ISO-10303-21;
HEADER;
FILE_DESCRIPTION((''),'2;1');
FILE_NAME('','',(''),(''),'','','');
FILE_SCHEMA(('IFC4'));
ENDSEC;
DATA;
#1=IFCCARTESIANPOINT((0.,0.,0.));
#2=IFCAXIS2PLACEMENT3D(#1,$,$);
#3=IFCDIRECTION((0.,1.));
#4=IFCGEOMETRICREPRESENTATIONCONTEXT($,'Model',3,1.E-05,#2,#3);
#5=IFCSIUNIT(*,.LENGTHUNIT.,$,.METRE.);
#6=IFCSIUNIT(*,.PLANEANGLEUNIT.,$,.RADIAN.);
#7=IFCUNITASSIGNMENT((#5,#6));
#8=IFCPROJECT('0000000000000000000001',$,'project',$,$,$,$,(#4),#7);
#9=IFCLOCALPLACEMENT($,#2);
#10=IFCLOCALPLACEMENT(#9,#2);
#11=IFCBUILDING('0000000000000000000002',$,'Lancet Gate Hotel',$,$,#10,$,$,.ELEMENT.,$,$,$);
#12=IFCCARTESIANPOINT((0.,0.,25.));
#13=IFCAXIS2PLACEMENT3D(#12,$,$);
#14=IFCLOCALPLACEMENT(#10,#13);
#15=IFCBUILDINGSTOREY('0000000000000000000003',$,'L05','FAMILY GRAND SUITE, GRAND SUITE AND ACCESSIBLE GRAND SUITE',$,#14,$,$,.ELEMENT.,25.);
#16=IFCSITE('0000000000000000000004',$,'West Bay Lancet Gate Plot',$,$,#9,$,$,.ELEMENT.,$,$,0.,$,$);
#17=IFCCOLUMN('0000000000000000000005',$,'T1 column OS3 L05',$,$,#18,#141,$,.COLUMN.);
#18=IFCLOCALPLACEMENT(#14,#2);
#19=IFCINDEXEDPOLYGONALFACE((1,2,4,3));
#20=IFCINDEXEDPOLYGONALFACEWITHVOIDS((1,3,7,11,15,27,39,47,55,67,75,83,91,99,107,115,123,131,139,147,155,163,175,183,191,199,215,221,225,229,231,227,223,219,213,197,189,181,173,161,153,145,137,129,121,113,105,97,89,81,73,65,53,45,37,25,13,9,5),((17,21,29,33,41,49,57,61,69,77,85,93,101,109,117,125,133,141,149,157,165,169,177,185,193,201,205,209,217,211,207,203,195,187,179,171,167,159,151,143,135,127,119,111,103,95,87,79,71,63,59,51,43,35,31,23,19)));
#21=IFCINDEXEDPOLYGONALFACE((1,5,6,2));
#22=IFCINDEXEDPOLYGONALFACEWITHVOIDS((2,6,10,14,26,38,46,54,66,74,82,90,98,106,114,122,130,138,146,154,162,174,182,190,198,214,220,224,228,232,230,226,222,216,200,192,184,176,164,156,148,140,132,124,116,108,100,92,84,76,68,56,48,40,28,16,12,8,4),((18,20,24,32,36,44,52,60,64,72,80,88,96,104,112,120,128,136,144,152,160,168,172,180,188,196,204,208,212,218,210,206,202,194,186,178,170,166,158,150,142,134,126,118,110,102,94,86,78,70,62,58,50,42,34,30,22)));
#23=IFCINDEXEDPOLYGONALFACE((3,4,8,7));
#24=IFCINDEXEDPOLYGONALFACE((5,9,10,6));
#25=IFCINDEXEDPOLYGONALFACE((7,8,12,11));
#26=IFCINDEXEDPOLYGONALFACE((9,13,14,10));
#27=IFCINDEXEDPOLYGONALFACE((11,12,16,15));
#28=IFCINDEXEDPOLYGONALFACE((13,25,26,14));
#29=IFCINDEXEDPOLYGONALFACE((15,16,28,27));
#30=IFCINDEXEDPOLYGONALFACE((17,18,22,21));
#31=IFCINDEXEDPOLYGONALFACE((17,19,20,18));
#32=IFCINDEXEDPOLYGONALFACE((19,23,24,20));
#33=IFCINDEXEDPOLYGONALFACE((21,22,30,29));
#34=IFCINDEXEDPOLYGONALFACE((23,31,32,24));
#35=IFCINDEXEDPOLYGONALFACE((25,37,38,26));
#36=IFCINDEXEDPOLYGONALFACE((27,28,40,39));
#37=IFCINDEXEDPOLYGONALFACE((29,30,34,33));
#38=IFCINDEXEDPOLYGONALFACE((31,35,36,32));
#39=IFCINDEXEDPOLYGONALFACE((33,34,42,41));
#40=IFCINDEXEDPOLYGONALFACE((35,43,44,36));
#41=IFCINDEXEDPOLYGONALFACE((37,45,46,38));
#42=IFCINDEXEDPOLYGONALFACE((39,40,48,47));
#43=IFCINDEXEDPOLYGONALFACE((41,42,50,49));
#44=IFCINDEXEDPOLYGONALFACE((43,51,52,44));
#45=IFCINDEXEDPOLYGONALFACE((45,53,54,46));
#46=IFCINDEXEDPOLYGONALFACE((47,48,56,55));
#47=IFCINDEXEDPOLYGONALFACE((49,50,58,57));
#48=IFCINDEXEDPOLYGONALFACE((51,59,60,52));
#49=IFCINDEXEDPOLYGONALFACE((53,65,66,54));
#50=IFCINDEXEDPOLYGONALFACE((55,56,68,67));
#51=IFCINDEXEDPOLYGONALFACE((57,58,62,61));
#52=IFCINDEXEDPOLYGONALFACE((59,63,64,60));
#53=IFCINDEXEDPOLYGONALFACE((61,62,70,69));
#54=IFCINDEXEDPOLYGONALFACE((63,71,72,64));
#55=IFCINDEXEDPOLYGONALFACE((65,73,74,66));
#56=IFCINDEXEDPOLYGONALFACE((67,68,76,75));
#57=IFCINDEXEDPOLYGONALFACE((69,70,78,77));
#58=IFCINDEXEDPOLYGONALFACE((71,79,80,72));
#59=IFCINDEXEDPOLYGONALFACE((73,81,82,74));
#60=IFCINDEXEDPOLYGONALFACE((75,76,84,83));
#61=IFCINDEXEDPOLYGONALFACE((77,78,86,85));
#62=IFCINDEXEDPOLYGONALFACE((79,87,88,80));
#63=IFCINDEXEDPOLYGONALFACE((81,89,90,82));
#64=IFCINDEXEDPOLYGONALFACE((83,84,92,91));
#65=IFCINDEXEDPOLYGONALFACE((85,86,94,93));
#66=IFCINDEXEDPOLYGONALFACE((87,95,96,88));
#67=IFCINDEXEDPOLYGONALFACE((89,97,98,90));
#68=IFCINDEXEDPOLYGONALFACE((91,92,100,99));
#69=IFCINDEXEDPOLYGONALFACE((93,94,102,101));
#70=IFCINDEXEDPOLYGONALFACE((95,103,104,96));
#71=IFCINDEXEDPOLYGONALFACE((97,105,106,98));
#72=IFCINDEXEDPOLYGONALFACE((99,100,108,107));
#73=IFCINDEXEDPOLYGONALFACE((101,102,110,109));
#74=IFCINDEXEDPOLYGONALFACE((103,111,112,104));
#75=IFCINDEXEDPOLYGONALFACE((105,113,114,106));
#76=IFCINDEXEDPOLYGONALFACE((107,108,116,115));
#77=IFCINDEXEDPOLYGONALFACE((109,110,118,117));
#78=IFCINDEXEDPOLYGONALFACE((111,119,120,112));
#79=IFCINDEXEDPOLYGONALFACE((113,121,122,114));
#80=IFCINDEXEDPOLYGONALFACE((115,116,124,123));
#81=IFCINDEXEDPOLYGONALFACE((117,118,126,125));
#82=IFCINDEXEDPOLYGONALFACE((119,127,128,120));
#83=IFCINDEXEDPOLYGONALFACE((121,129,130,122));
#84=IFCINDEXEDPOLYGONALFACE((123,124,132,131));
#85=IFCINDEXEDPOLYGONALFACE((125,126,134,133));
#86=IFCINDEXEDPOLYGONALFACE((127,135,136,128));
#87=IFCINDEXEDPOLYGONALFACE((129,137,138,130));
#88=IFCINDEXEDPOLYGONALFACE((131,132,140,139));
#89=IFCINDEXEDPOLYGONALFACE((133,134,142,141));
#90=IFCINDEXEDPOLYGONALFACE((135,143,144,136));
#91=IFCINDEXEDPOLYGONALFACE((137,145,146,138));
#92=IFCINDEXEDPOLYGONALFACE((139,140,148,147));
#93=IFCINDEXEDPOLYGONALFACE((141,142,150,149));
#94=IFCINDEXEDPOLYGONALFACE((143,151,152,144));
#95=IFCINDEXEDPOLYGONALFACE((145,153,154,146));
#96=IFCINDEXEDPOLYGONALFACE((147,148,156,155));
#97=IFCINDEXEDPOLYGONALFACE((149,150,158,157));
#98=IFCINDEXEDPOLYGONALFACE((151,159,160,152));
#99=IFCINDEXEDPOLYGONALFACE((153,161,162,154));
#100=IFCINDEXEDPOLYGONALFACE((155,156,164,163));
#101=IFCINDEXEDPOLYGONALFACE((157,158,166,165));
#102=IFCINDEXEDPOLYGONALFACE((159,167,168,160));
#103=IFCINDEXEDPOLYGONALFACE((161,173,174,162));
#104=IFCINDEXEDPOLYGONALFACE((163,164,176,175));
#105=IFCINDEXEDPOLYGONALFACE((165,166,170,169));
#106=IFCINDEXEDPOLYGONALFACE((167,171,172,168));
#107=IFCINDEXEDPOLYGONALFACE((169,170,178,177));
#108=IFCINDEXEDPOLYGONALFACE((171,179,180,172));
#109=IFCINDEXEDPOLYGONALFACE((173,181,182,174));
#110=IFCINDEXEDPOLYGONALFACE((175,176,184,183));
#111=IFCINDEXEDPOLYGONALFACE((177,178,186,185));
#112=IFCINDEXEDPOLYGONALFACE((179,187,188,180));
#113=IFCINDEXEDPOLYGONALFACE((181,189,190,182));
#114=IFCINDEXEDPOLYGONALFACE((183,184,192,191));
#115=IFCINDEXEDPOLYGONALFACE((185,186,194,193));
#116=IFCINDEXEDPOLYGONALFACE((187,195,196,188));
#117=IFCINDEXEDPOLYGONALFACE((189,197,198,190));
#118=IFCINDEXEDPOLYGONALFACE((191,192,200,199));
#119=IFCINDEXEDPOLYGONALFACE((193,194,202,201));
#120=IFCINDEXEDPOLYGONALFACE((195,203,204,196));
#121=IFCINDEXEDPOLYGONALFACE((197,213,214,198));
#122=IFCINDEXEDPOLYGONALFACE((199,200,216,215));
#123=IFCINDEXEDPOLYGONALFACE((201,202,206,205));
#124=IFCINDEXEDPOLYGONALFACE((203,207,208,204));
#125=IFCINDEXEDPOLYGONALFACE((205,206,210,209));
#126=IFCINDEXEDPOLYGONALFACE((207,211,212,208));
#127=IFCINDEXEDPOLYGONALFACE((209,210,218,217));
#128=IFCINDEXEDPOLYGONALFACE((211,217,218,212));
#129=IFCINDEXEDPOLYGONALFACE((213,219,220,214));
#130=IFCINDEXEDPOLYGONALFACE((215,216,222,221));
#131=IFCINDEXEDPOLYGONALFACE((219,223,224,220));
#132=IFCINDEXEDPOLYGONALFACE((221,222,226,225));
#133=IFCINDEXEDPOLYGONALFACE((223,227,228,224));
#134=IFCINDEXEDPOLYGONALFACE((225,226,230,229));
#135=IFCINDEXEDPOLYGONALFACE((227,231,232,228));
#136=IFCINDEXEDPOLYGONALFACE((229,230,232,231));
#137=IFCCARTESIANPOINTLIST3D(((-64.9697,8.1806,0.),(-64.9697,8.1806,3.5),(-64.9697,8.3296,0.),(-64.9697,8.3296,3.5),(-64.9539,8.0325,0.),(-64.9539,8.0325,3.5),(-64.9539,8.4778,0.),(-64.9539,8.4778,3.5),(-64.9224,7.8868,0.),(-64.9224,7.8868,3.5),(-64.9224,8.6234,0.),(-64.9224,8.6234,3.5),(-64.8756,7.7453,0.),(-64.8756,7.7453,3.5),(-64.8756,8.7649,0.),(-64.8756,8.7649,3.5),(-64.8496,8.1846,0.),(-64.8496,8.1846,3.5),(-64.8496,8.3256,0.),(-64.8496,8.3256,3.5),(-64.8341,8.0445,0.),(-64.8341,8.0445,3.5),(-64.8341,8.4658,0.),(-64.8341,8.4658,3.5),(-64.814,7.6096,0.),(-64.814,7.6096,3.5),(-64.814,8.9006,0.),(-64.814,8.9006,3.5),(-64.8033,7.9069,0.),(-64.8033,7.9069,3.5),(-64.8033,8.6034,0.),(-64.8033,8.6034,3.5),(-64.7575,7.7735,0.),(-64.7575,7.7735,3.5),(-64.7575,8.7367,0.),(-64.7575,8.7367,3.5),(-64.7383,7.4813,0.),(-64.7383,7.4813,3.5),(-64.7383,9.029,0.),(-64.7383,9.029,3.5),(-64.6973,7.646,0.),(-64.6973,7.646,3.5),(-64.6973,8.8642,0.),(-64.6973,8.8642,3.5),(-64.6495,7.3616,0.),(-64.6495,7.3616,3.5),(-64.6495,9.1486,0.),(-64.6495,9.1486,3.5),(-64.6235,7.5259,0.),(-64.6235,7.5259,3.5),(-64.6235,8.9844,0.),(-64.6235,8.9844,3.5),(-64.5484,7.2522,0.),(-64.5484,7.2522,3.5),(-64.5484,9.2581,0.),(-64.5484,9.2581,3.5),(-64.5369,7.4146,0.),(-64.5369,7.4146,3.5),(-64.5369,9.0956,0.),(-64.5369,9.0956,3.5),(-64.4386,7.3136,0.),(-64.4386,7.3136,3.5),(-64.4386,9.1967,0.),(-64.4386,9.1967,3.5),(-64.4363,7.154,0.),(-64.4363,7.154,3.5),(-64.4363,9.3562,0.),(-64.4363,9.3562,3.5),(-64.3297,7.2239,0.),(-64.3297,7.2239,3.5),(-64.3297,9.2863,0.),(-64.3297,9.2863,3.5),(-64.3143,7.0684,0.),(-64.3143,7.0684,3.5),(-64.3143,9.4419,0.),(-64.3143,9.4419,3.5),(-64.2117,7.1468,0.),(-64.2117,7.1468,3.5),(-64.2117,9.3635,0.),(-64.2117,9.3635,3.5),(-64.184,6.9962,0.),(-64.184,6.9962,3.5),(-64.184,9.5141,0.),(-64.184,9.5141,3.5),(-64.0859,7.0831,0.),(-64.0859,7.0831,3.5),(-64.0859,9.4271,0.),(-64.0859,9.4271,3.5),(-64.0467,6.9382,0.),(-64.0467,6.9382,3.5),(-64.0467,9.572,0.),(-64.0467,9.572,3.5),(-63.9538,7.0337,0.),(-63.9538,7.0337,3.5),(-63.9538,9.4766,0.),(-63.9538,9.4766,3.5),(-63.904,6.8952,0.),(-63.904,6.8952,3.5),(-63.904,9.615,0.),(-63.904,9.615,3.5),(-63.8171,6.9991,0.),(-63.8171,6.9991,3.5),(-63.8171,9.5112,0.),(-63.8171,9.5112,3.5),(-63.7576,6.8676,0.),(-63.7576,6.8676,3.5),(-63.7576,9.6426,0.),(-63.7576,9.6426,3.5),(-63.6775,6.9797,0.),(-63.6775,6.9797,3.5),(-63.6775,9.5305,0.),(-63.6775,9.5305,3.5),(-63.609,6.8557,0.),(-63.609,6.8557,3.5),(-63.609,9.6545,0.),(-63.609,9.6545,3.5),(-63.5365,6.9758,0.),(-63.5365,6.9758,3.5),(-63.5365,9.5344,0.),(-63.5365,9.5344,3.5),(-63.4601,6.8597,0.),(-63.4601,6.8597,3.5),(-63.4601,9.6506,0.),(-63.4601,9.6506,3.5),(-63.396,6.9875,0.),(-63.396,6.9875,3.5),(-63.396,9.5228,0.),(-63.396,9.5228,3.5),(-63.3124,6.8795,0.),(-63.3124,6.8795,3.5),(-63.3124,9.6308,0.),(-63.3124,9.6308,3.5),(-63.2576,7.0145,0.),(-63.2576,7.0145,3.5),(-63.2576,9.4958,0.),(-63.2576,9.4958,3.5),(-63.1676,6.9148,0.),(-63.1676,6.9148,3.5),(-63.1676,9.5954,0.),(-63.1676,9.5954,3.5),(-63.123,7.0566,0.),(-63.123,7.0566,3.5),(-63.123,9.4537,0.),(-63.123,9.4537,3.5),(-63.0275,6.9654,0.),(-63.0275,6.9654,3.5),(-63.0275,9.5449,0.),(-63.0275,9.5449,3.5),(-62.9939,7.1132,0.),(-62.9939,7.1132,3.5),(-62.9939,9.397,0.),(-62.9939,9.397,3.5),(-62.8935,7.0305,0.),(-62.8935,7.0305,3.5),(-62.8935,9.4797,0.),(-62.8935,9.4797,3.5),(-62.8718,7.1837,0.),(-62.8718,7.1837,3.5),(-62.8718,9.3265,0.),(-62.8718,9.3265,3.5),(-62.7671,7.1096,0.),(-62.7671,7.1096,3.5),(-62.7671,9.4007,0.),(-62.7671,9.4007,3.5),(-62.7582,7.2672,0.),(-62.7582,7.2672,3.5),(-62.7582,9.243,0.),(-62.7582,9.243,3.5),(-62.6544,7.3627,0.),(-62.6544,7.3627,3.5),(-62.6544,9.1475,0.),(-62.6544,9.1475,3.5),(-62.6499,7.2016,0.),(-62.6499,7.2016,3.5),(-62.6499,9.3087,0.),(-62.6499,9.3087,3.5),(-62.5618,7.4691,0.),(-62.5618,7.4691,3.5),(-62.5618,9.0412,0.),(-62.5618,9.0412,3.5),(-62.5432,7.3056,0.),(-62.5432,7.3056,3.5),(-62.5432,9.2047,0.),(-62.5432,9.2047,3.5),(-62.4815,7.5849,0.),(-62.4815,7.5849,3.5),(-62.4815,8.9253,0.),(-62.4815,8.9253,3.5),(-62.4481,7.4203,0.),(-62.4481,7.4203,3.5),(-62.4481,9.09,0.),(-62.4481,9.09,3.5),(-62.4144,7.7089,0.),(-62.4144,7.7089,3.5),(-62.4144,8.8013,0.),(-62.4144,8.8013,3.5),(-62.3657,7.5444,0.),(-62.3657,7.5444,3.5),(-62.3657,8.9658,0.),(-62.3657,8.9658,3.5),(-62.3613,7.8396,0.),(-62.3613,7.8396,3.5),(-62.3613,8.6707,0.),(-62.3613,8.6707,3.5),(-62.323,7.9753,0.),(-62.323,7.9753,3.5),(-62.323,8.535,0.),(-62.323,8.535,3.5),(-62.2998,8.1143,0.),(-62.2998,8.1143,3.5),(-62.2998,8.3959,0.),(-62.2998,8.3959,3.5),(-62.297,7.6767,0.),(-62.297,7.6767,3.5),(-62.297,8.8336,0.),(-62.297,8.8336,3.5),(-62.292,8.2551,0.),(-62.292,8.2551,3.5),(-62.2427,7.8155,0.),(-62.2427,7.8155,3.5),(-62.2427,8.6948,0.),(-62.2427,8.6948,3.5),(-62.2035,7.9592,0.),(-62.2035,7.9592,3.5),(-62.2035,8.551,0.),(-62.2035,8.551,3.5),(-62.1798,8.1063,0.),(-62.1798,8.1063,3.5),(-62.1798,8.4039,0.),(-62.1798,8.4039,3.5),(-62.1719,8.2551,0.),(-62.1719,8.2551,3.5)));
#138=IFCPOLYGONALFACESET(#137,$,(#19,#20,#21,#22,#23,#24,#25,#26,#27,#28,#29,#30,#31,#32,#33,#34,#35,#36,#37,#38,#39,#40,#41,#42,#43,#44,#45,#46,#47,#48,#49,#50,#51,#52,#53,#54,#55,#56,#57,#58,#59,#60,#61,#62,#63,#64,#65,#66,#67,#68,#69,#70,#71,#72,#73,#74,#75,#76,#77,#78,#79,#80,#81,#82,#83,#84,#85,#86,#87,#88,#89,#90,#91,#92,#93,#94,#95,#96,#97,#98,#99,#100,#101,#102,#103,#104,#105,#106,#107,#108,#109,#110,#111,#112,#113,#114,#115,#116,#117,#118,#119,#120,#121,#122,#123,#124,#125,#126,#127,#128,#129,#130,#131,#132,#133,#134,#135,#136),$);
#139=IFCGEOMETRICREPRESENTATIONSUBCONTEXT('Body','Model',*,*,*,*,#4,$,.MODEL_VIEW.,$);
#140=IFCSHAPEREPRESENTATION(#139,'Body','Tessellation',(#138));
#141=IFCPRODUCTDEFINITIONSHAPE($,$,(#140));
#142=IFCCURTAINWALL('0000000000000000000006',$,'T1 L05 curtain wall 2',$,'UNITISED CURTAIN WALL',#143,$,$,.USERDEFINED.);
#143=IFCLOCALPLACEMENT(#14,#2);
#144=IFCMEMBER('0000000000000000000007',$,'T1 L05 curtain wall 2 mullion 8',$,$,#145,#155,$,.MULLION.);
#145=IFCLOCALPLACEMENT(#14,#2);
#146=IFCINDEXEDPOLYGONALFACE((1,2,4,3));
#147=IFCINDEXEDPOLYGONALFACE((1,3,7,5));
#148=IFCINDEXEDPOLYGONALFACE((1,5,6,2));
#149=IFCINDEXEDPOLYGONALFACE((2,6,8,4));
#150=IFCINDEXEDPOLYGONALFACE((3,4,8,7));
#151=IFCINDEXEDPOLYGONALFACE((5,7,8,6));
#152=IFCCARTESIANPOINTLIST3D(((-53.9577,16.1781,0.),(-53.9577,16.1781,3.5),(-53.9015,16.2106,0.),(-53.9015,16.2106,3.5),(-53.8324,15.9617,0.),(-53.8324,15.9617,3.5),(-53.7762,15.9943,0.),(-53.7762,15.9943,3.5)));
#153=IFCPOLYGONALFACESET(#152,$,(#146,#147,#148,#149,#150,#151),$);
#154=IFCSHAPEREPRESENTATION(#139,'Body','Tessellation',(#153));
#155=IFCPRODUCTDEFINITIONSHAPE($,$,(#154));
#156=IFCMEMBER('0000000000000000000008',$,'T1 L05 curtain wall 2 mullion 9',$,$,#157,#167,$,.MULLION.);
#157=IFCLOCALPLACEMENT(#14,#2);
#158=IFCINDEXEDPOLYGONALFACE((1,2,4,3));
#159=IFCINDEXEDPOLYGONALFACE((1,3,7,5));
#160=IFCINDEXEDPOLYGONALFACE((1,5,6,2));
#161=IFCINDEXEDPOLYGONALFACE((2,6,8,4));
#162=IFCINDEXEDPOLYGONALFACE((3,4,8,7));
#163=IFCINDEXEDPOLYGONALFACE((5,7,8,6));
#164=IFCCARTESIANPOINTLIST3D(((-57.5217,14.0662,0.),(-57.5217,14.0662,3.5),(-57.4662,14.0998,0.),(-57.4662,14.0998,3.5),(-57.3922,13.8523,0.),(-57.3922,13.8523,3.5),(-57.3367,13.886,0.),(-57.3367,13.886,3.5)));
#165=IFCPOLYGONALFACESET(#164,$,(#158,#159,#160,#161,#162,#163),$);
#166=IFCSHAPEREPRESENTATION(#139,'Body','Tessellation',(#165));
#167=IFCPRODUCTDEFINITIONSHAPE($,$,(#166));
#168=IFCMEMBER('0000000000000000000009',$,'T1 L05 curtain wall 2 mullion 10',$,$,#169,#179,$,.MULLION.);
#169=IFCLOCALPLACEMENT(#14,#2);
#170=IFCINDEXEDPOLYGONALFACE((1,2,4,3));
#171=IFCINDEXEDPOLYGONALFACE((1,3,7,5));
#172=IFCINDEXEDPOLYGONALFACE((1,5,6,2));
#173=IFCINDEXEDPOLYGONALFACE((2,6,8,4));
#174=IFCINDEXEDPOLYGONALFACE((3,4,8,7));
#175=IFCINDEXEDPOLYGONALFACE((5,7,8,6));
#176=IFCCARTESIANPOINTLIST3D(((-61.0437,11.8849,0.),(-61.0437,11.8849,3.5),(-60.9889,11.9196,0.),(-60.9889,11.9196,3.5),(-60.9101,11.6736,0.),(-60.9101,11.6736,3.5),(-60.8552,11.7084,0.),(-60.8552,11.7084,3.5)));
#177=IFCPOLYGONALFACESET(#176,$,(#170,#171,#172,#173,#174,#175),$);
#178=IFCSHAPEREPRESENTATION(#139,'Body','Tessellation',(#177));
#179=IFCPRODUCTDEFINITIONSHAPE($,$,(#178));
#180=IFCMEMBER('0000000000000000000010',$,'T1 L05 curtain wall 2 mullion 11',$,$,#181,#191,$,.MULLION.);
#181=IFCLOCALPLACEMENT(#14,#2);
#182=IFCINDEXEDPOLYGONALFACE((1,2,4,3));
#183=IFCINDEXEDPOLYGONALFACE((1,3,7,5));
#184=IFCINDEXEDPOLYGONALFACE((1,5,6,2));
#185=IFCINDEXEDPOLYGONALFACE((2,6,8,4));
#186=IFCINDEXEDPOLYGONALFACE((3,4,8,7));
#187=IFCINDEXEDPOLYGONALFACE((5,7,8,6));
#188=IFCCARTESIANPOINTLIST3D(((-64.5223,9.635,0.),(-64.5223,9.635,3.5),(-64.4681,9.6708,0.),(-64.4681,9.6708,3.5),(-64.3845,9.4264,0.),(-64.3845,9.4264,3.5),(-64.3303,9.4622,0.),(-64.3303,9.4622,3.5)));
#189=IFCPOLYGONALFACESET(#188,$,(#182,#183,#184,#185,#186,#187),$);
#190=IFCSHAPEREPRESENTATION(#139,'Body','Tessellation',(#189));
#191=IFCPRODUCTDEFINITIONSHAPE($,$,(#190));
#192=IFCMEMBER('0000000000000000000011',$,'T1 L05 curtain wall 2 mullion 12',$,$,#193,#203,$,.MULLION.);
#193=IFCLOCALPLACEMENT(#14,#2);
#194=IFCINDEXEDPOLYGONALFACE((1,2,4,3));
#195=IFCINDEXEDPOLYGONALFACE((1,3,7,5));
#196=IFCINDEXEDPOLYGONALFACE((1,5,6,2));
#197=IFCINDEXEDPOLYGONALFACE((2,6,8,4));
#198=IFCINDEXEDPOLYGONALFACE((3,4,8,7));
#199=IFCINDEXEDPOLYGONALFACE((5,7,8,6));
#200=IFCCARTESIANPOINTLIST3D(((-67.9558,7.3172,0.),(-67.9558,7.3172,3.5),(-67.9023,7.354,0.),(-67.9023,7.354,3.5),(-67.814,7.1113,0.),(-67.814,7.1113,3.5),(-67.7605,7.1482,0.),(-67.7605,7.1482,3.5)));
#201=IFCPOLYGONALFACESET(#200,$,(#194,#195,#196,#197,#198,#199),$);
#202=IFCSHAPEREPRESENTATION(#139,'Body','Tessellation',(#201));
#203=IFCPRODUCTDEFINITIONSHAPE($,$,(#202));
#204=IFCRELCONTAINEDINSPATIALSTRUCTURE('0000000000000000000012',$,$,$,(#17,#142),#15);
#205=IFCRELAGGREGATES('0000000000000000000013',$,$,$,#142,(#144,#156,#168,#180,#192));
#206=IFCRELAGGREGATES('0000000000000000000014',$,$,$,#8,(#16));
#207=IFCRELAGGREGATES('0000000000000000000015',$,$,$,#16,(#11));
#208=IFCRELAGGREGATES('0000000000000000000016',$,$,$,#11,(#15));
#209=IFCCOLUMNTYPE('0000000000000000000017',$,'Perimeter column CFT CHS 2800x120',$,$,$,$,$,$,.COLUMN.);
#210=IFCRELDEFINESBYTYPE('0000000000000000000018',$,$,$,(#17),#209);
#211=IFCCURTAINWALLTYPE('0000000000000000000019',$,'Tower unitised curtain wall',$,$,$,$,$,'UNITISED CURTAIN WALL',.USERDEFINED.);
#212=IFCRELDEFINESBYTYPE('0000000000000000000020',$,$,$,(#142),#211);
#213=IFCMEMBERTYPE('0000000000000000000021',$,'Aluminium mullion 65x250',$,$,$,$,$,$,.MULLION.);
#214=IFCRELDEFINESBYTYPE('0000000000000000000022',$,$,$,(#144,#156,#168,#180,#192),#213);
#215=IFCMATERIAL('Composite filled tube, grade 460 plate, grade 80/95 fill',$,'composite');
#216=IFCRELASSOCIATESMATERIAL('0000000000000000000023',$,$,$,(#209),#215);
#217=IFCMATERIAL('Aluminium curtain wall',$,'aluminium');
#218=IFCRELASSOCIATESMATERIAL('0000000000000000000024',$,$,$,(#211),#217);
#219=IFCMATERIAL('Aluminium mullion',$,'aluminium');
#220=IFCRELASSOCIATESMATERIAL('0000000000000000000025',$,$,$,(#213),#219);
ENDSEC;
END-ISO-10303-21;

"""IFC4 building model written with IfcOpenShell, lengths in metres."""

from ifc_helpers import new_model, si_unit, direction, frame, origin, origin_2d, place, context, subcontext, project, spatial, rectangle, hollow_circle, extrude, material, material_profile, profile_set, type_object, element, aggregate, save


model = new_model("IFC4")

# Units and contexts
model_context = context("Model", 3, precision=1e-05, world=origin(), true_north=direction((0.0, 1.0)))
body_context = subcontext(model_context, "Body", "Model", "MODEL_VIEW")
ifc_project = project(units=[si_unit("LENGTHUNIT", "METRE"), si_unit("PLANEANGLEUNIT", "RADIAN")], contexts=[model_context])

# Site, building, storey
site_placement = place(None, origin())
site = spatial("IfcSite", under=ifc_project, at=site_placement, Name="West Bay Lancet Gate Plot", CompositionType="ELEMENT", RefElevation=0.0)
building_placement = place(site_placement, origin())
building = spatial("IfcBuilding", under=site, at=building_placement, Name="Lancet Gate Hotel", CompositionType="ELEMENT")
storey_placement = place(building_placement, frame((0.0, 0.0, 25.0)))
storey = spatial("IfcBuildingStorey", under=building, at=storey_placement, Name="L05", Description="FAMILY GRAND SUITE, GRAND SUITE AND ACCESSIBLE GRAND SUITE", CompositionType="ELEMENT", Elevation=25.0)

# Column
ifc_material_1 = material(Name="Composite filled tube, grade 460 plate, grade 80/95 fill", Category="composite")
ifc_material_profile_1 = material_profile(ifc_material_1, hollow_circle(Radius=1.3999, WallThickness=0.1201, at=origin_2d()), Name="CHS 2800x120")
ifc_profile_set_1 = profile_set([ifc_material_profile_1], Name="Composite filled tube, grade 460 plate, grade 80/95 fill")
column_type = type_object("IfcColumnType", Name="Perimeter column CFT CHS 2800x120", PredefinedType="COLUMN", material=ifc_profile_set_1)
for number, where, z_axis, x_axis, name in (
    (1, (-63.5718, 8.2551, 0.0), (0.0, 0.0, 1.0), (1.0, 0.0, 0.0), "T1 column OS3 L05"),
):
    element("IfcColumn", number, at=place(storey_placement, frame(where, z_axis=z_axis, x_axis=x_axis)), inside=storey, type_object=column_type, Name=name, PredefinedType="COLUMN", context=body_context, shape_type="SweptSolid", body=[
        extrude(hollow_circle(Radius=1.3999, WallThickness=0.1201, at=origin_2d()), origin(), (0.0, 0.0, 1.0), 3.5),
    ])

# Curtain wall, members
ifc_material_2 = material(Name="Aluminium curtain wall", Category="aluminium")
curtain_wall_type = type_object("IfcCurtainWallType", Name="Tower unitised curtain wall", ElementType="UNITISED CURTAIN WALL", PredefinedType="USERDEFINED", material=ifc_material_2)
curtain_wall_placement = place(storey_placement, origin())
curtain_wall = element("IfcCurtainWall", 2, at=curtain_wall_placement, inside=storey, type_object=curtain_wall_type, Name="T1 L05 curtain wall 2", ObjectType="UNITISED CURTAIN WALL", PredefinedType="USERDEFINED")
ifc_material_3 = material(Name="Aluminium mullion", Category="aluminium")
ifc_material_profile_2 = material_profile(ifc_material_3, rectangle(XDim=0.0649, YDim=0.25, at=origin_2d()), Name="MULLION 65x250")
ifc_profile_set_2 = profile_set([ifc_material_profile_2], Name="Aluminium mullion")
member_type_1 = type_object("IfcMemberType", Name="Aluminium mullion 65x250", PredefinedType="MULLION", material=ifc_profile_set_2)
member_1_placement = place(storey_placement, frame((-53.8669, 16.0862, 0.0), z_axis=(0.0, 0.0, 1.0), x_axis=(-0.865335, -0.501194, 0.0)))
member_1 = element("IfcMember", 3, at=member_1_placement, type_object=member_type_1, Name="T1 L05 curtain wall 2 mullion 8", PredefinedType="MULLION", context=body_context, shape_type="SweptSolid", body=[
    extrude(rectangle(XDim=0.0649, YDim=0.25, at=origin_2d()), origin(), (0.0, 0.0, 1.0), 3.5),
])
member_2_placement = place(storey_placement, frame((-57.4292, 13.9761, 0.0), z_axis=(0.0, 0.0, 1.0), x_axis=(-0.855346, -0.518057, 0.0)))
member_2 = element("IfcMember", 4, at=member_2_placement, type_object=member_type_1, Name="T1 L05 curtain wall 2 mullion 9", PredefinedType="MULLION", context=body_context, shape_type="SweptSolid", body=[
    extrude(rectangle(XDim=0.0649, YDim=0.25, at=origin_2d()), origin(), (0.0, 0.0, 1.0), 3.5),
])
member_3_placement = place(storey_placement, frame((-60.9495, 11.7966, 0.0), z_axis=(0.0, 0.0, 1.0), x_axis=(-0.845029, -0.53472, 0.0)))
member_3 = element("IfcMember", 5, at=member_3_placement, type_object=member_type_1, Name="T1 L05 curtain wall 2 mullion 10", PredefinedType="MULLION", context=body_context, shape_type="SweptSolid", body=[
    extrude(rectangle(XDim=0.0649, YDim=0.25, at=origin_2d()), origin(), (0.0, 0.0, 1.0), 3.5),
])
member_4_placement = place(storey_placement, frame((-64.4263, 9.5486, 0.0), z_axis=(0.0, 0.0, 1.0), x_axis=(-0.834387, -0.551178, 0.0)))
member_4 = element("IfcMember", 6, at=member_4_placement, type_object=member_type_1, Name="T1 L05 curtain wall 2 mullion 11", PredefinedType="MULLION", context=body_context, shape_type="SweptSolid", body=[
    extrude(rectangle(XDim=0.0649, YDim=0.25, at=origin_2d()), origin(), (0.0, 0.0, 1.0), 3.5),
])
member_5_placement = place(storey_placement, frame((-67.8582, 7.2327, 0.0), z_axis=(0.0, 0.0, 1.0), x_axis=(-0.823425, -0.567425, 0.0)))
member_5 = element("IfcMember", 7, at=member_5_placement, type_object=member_type_1, Name="T1 L05 curtain wall 2 mullion 12", PredefinedType="MULLION", context=body_context, shape_type="SweptSolid", body=[
    extrude(rectangle(XDim=0.0649, YDim=0.25, at=origin_2d()), origin(), (0.0, 0.0, 1.0), 3.5),
])

aggregate(curtain_wall, [member_1, member_2, member_3, member_4, member_5])

save(model, "model.ifc")
